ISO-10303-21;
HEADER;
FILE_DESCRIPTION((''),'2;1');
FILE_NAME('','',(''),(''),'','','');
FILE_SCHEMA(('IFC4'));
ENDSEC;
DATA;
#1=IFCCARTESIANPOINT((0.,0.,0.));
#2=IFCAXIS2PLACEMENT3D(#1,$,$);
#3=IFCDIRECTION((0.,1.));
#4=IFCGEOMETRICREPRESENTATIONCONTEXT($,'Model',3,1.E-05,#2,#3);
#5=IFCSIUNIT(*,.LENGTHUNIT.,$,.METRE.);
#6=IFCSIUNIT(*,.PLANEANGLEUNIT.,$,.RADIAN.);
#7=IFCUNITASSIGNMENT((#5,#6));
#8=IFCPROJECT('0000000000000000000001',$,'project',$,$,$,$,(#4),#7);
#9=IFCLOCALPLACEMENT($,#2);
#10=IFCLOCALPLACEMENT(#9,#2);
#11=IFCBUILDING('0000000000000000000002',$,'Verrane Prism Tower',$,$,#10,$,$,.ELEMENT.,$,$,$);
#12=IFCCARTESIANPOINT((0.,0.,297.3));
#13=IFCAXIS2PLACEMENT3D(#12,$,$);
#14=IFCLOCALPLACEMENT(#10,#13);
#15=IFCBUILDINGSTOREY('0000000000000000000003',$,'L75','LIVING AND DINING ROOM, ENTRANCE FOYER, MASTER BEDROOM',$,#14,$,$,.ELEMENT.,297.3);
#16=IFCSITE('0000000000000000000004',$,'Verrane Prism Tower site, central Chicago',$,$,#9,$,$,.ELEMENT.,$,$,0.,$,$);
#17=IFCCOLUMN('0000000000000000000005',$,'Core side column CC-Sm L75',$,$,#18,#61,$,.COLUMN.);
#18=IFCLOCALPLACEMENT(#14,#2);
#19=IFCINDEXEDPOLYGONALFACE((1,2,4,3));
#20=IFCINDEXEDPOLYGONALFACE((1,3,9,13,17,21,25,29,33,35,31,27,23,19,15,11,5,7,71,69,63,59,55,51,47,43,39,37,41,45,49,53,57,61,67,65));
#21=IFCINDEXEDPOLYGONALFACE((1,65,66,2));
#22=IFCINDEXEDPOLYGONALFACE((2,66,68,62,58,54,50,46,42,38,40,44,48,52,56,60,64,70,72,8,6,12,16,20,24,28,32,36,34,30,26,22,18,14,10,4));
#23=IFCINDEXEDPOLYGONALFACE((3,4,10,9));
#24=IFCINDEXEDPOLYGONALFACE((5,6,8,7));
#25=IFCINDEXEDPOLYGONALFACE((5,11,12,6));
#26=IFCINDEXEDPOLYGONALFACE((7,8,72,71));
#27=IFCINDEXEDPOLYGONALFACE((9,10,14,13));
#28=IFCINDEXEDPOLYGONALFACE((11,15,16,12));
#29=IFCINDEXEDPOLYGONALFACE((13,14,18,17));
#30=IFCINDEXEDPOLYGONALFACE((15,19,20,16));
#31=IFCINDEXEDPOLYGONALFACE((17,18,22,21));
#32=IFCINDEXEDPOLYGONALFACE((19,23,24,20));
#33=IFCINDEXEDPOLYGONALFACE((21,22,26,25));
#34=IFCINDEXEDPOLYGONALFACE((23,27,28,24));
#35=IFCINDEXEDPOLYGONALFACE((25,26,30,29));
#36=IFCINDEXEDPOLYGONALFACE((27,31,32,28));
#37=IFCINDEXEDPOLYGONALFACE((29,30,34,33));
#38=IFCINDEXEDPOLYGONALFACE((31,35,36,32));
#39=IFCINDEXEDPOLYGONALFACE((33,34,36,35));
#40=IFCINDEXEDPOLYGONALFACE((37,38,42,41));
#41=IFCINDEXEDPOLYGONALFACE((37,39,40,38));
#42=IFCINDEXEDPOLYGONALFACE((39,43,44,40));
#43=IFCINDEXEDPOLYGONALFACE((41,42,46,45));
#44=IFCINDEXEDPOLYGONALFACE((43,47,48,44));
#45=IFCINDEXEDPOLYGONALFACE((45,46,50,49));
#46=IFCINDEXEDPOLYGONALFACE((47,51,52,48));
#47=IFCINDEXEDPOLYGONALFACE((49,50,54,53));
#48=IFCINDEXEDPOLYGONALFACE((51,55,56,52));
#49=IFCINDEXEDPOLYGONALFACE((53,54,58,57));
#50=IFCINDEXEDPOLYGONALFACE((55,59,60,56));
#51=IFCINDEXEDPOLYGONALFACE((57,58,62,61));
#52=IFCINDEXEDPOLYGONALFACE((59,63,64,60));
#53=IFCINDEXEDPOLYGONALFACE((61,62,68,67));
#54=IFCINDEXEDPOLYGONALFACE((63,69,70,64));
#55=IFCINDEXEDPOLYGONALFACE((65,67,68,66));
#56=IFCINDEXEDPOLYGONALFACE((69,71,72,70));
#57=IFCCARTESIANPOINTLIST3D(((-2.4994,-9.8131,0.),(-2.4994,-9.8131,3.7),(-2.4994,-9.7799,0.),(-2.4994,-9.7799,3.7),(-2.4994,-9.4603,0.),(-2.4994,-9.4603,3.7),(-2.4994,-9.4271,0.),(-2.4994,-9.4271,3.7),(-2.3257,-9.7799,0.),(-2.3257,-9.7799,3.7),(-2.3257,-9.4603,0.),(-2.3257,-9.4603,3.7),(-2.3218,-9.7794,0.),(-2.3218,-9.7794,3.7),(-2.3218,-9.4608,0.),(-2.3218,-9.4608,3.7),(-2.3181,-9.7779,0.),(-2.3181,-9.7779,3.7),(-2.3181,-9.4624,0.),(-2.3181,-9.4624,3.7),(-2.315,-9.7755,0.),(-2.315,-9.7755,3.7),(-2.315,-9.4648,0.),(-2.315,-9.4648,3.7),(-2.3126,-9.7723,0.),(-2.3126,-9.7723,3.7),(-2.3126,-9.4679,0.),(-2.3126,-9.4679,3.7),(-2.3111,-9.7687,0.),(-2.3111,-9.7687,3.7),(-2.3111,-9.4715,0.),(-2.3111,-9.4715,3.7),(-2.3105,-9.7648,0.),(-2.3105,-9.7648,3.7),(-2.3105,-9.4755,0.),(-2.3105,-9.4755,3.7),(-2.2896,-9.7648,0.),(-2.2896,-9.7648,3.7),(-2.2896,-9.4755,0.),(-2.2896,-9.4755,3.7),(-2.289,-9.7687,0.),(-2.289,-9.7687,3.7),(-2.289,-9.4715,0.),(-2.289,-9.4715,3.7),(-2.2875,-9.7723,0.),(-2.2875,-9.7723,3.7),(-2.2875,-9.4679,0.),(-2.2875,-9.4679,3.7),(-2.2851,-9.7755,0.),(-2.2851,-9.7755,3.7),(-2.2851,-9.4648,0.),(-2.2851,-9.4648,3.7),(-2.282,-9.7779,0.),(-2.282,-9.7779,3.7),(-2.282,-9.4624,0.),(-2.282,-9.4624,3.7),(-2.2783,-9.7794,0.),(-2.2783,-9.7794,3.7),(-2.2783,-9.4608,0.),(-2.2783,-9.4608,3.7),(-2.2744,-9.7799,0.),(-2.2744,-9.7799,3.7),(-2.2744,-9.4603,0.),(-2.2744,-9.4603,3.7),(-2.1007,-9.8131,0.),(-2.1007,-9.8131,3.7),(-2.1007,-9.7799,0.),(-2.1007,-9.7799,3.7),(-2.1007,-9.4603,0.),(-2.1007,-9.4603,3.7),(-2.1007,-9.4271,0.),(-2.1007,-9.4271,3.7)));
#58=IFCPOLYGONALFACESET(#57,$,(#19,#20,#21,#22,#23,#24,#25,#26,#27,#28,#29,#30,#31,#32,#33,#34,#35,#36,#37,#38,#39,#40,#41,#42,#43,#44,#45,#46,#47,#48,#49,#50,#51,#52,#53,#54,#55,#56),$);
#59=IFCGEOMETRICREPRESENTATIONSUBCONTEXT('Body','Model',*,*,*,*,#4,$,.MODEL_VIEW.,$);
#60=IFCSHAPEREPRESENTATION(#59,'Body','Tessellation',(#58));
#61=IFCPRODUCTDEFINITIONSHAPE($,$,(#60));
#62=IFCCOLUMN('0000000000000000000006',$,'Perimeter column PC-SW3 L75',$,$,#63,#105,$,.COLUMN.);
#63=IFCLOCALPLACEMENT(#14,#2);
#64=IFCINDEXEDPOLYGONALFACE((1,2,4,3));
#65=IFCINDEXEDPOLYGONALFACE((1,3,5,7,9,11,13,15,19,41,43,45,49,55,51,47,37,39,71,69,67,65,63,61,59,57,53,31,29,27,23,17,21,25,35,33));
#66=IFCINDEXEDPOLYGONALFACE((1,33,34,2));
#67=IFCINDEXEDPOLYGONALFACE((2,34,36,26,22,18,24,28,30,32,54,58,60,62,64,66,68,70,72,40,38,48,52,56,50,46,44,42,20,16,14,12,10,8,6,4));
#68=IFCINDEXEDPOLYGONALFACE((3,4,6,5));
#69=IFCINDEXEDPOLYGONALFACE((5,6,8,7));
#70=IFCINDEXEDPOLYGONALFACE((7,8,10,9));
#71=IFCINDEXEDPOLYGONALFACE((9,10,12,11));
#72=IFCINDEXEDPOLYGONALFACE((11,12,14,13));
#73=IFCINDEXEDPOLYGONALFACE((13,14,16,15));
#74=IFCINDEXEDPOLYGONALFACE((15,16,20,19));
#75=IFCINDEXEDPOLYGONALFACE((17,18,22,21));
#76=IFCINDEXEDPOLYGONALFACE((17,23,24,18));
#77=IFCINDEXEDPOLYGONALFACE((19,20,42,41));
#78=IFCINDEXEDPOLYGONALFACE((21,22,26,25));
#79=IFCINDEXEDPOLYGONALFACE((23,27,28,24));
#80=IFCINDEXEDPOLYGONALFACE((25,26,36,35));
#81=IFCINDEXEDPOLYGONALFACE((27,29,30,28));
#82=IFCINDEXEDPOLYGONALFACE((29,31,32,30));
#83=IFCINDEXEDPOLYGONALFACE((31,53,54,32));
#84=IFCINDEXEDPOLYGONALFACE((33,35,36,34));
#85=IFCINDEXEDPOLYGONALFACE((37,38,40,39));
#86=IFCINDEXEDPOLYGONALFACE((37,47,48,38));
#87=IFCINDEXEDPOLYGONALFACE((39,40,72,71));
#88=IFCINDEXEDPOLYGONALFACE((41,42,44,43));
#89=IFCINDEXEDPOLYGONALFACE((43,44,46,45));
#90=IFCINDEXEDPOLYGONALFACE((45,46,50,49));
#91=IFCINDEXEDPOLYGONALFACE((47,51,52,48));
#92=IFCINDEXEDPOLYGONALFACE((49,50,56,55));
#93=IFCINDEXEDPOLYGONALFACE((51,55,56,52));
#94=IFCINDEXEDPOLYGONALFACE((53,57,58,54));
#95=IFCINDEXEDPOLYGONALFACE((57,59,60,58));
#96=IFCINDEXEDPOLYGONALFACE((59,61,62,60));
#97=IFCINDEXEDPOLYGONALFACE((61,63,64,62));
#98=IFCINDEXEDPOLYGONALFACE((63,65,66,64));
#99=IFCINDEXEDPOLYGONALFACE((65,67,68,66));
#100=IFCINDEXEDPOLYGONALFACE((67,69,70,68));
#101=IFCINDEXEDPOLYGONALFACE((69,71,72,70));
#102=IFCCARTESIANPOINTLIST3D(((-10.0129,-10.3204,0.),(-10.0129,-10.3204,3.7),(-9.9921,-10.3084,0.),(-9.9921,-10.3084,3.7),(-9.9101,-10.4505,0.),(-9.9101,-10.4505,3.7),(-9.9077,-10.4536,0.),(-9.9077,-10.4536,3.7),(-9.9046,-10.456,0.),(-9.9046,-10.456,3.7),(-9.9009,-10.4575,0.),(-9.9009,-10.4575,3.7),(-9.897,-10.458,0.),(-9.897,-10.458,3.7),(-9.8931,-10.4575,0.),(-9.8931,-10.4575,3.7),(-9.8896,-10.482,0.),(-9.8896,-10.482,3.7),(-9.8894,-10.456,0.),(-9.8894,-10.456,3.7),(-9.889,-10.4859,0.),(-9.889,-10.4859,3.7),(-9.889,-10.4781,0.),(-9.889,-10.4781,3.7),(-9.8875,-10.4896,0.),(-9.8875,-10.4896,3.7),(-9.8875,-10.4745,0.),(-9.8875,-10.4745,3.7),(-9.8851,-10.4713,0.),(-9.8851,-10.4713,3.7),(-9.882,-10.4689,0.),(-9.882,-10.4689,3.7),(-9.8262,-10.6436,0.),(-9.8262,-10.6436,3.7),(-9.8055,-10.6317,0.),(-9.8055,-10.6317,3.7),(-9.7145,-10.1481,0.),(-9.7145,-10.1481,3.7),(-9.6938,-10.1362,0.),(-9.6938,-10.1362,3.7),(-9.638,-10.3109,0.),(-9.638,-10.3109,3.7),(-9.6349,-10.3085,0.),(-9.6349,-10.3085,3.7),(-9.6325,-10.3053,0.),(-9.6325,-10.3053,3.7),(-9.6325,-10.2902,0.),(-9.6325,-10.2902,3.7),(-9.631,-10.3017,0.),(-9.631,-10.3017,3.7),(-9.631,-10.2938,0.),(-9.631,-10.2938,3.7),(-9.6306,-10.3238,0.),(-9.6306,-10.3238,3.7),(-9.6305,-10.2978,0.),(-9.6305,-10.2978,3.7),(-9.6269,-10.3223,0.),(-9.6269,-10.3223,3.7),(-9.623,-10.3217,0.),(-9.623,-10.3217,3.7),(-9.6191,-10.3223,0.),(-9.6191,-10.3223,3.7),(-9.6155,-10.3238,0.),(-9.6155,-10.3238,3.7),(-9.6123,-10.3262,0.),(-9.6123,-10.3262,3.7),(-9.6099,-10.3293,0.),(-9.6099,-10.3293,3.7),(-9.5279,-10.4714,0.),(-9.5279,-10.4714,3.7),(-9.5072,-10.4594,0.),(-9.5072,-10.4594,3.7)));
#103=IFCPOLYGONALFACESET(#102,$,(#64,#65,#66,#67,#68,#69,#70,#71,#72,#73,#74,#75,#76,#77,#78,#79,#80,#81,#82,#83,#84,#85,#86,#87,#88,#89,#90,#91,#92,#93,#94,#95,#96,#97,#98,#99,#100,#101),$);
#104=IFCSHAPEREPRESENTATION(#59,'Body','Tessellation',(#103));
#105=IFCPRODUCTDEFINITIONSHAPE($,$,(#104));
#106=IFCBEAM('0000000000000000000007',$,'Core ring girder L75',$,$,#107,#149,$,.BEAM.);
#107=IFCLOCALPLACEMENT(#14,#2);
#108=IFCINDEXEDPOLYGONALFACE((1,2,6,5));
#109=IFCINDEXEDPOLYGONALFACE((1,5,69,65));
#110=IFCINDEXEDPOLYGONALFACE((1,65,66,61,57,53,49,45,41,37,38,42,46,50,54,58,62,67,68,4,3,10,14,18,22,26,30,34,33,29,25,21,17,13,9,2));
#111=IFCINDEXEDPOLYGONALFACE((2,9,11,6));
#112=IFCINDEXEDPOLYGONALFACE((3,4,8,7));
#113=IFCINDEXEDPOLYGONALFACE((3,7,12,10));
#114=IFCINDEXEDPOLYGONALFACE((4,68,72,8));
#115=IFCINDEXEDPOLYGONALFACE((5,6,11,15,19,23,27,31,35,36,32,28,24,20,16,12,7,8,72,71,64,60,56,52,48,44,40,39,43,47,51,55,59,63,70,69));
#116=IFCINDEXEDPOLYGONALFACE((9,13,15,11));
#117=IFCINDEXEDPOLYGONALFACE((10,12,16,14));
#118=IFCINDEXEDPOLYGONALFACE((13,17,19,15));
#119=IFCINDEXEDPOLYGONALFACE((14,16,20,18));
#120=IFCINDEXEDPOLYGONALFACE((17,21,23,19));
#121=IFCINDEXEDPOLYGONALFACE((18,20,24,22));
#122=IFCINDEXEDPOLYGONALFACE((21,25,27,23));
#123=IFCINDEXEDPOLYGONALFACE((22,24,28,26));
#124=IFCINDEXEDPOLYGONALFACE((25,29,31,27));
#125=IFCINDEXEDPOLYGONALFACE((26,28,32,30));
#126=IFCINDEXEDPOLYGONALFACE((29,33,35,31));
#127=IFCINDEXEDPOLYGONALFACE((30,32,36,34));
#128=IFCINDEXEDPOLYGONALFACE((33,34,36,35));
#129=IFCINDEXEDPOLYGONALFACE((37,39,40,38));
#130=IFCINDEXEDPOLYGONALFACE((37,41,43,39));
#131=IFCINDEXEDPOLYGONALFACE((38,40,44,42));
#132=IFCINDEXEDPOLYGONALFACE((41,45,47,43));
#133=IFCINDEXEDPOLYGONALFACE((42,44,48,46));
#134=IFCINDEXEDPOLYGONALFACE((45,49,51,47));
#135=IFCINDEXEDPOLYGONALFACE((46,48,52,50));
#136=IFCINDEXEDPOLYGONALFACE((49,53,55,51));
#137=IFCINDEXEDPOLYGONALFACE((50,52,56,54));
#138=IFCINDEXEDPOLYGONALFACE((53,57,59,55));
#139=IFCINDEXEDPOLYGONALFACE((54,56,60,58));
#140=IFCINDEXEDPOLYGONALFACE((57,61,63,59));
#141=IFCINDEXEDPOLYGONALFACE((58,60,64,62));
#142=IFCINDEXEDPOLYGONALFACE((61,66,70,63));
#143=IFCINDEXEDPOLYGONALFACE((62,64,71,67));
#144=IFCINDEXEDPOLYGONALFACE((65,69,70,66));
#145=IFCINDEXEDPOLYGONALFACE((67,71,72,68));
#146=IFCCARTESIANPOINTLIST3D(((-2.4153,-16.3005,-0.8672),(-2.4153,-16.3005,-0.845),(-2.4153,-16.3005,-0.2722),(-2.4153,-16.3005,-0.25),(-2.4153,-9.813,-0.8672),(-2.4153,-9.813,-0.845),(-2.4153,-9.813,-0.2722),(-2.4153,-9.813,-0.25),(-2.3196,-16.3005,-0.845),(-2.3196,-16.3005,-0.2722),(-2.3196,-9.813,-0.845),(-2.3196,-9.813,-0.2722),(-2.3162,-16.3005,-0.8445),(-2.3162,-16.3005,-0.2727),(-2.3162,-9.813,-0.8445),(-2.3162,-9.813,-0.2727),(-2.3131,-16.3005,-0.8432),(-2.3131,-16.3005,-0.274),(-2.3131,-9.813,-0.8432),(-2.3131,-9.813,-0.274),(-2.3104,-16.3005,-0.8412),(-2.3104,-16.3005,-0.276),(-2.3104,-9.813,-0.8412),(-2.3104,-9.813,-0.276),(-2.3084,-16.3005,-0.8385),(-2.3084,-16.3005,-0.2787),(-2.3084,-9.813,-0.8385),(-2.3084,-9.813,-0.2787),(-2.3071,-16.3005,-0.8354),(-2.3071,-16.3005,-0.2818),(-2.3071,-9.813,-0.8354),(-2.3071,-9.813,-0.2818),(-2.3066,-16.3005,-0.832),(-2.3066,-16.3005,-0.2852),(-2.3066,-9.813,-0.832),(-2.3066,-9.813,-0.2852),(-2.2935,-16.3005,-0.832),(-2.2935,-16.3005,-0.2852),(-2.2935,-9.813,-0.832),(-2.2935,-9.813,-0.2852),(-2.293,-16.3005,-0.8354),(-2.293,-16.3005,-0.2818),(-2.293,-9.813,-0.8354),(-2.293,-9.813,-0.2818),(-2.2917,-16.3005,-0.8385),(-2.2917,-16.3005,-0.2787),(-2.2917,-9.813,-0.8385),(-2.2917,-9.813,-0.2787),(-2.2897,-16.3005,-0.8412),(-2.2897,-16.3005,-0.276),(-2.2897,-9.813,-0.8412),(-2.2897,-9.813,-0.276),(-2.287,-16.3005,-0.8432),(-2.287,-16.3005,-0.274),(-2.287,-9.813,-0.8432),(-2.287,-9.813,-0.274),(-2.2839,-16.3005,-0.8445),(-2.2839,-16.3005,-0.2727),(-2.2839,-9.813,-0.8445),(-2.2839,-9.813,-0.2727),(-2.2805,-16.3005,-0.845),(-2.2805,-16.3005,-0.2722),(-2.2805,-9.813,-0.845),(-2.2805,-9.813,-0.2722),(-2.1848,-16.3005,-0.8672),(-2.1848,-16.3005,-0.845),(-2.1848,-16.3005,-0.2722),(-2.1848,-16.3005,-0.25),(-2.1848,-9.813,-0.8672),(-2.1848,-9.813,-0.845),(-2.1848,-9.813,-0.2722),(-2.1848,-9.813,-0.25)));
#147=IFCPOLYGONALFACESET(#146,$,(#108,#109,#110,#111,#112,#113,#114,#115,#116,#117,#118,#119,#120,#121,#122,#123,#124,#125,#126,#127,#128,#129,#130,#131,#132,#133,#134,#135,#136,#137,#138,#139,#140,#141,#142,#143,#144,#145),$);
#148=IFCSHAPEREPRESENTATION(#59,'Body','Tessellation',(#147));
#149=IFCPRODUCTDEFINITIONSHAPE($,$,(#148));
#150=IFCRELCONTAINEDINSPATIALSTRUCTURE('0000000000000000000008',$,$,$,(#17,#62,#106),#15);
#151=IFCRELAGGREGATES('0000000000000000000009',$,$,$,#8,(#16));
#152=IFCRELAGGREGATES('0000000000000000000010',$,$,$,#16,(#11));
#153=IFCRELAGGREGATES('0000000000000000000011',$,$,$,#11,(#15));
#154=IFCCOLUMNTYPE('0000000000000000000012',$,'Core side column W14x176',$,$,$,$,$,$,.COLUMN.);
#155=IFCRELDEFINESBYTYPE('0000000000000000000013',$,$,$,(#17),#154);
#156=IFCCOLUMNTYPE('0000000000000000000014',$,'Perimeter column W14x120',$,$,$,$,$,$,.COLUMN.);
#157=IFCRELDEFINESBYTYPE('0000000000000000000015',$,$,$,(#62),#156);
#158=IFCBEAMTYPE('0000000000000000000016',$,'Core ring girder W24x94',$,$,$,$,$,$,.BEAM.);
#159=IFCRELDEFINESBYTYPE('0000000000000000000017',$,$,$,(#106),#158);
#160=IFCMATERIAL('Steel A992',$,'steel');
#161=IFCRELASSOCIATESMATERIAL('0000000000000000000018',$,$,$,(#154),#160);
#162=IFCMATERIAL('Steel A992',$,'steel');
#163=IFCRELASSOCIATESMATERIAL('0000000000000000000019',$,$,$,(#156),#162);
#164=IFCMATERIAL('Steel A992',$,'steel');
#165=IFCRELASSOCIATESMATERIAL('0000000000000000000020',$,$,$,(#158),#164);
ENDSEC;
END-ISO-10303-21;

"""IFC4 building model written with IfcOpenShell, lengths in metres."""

from ifc_helpers import new_model, si_unit, direction, frame, origin, origin_2d, place, context, subcontext, project, spatial, i_section, extrude, material, material_profile, profile_set, type_object, element, save


model = new_model("IFC4")

# Units and contexts
model_context = context("Model", 3, precision=1e-05, world=origin(), true_north=direction((0.0, 1.0)))
body_context = subcontext(model_context, "Body", "Model", "MODEL_VIEW")
ifc_project = project(units=[si_unit("LENGTHUNIT", "METRE"), si_unit("PLANEANGLEUNIT", "RADIAN")], contexts=[model_context])

# Site, building, storey
site_placement = place(None, origin())
site = spatial("IfcSite", under=ifc_project, at=site_placement, Name="Verrane Prism Tower site, central Chicago", CompositionType="ELEMENT", RefElevation=0.0)
building_placement = place(site_placement, origin())
building = spatial("IfcBuilding", under=site, at=building_placement, Name="Verrane Prism Tower", CompositionType="ELEMENT")
storey_placement = place(building_placement, frame((0.0, 0.0, 297.3)))
storey = spatial("IfcBuildingStorey", under=building, at=storey_placement, Name="L75", Description="LIVING AND DINING ROOM, ENTRANCE FOYER, MASTER BEDROOM", CompositionType="ELEMENT", Elevation=297.3)

# Columns
ifc_material_1 = material(Name="Steel A992", Category="steel")
ifc_material_profile_1 = material_profile(ifc_material_1, i_section(OverallWidth=0.3987, OverallDepth=0.386, WebThickness=0.021, FlangeThickness=0.0332, FilletRadius=0.0151, at=origin_2d()), Name="W14x176")
ifc_profile_set_1 = profile_set([ifc_material_profile_1], Name="Steel A992")
column_type_1 = type_object("IfcColumnType", Name="Core side column W14x176", PredefinedType="COLUMN", material=ifc_profile_set_1)
column_1_placement = place(storey_placement, frame((-2.3, -9.6201, 0.0), z_axis=(0.0, 0.0, 1.0), x_axis=(1.0, 0.0, 0.0)))
element("IfcColumn", 1, at=column_1_placement, inside=storey, type_object=column_type_1, Name="Core side column CC-Sm L75", PredefinedType="COLUMN", context=body_context, shape_type="SweptSolid", body=[
    extrude(i_section(OverallWidth=0.3987, OverallDepth=0.386, WebThickness=0.021, FlangeThickness=0.0332, FilletRadius=0.0151, at=origin_2d()), origin(), (0.0, 0.0, 1.0), 3.7),
])
ifc_material_2 = material(Name="Steel A992", Category="steel")
ifc_material_profile_2 = material_profile(ifc_material_2, i_section(OverallWidth=0.3733, OverallDepth=0.3684, WebThickness=0.0149, FlangeThickness=0.0239, FilletRadius=0.0151, at=origin_2d()), Name="W14x120")
ifc_profile_set_2 = profile_set([ifc_material_profile_2], Name="Steel A992")
column_type_2 = type_object("IfcColumnType", Name="Perimeter column W14x120", PredefinedType="COLUMN", material=ifc_profile_set_2)
column_2_placement = place(storey_placement, frame((-9.76, -10.3899, 0.0), z_axis=(0.0, 0.0, 1.0), x_axis=(-0.5, 0.866025, 0.0)))
element("IfcColumn", 2, at=column_2_placement, inside=storey, type_object=column_type_2, Name="Perimeter column PC-SW3 L75", PredefinedType="COLUMN", context=body_context, shape_type="SweptSolid", body=[
    extrude(i_section(OverallWidth=0.3733, OverallDepth=0.3684, WebThickness=0.0149, FlangeThickness=0.0239, FilletRadius=0.0151, at=origin_2d()), origin(), (0.0, 0.0, 1.0), 3.7),
])

# Beam
ifc_material_3 = material(Name="Steel A992", Category="steel")
ifc_material_profile_3 = material_profile(ifc_material_3, i_section(OverallWidth=0.2305, OverallDepth=0.6172, WebThickness=0.0132, FlangeThickness=0.0222, FilletRadius=0.0129, at=origin_2d()), Name="W24x94")
ifc_profile_set_3 = profile_set([ifc_material_profile_3], Name="Steel A992")
beam_type_1 = type_object("IfcBeamType", Name="Core ring girder W24x94", PredefinedType="BEAM", material=ifc_profile_set_3)
beam_1_placement = place(storey_placement, frame((-2.3, -9.813, -0.5586), z_axis=(0.0, -1.0, 0.0), x_axis=(1.0, 0.0, 0.0)))
element("IfcBeam", 3, at=beam_1_placement, inside=storey, type_object=beam_type_1, Name="Core ring girder L75", PredefinedType="BEAM", context=body_context, shape_type="SweptSolid", body=[
    extrude(i_section(OverallWidth=0.2305, OverallDepth=0.6172, WebThickness=0.0132, FlangeThickness=0.0222, FilletRadius=0.0129, at=origin_2d()), origin(), (0.0, 0.0, 1.0), 6.4875),
])

save(model, "model.ifc")
